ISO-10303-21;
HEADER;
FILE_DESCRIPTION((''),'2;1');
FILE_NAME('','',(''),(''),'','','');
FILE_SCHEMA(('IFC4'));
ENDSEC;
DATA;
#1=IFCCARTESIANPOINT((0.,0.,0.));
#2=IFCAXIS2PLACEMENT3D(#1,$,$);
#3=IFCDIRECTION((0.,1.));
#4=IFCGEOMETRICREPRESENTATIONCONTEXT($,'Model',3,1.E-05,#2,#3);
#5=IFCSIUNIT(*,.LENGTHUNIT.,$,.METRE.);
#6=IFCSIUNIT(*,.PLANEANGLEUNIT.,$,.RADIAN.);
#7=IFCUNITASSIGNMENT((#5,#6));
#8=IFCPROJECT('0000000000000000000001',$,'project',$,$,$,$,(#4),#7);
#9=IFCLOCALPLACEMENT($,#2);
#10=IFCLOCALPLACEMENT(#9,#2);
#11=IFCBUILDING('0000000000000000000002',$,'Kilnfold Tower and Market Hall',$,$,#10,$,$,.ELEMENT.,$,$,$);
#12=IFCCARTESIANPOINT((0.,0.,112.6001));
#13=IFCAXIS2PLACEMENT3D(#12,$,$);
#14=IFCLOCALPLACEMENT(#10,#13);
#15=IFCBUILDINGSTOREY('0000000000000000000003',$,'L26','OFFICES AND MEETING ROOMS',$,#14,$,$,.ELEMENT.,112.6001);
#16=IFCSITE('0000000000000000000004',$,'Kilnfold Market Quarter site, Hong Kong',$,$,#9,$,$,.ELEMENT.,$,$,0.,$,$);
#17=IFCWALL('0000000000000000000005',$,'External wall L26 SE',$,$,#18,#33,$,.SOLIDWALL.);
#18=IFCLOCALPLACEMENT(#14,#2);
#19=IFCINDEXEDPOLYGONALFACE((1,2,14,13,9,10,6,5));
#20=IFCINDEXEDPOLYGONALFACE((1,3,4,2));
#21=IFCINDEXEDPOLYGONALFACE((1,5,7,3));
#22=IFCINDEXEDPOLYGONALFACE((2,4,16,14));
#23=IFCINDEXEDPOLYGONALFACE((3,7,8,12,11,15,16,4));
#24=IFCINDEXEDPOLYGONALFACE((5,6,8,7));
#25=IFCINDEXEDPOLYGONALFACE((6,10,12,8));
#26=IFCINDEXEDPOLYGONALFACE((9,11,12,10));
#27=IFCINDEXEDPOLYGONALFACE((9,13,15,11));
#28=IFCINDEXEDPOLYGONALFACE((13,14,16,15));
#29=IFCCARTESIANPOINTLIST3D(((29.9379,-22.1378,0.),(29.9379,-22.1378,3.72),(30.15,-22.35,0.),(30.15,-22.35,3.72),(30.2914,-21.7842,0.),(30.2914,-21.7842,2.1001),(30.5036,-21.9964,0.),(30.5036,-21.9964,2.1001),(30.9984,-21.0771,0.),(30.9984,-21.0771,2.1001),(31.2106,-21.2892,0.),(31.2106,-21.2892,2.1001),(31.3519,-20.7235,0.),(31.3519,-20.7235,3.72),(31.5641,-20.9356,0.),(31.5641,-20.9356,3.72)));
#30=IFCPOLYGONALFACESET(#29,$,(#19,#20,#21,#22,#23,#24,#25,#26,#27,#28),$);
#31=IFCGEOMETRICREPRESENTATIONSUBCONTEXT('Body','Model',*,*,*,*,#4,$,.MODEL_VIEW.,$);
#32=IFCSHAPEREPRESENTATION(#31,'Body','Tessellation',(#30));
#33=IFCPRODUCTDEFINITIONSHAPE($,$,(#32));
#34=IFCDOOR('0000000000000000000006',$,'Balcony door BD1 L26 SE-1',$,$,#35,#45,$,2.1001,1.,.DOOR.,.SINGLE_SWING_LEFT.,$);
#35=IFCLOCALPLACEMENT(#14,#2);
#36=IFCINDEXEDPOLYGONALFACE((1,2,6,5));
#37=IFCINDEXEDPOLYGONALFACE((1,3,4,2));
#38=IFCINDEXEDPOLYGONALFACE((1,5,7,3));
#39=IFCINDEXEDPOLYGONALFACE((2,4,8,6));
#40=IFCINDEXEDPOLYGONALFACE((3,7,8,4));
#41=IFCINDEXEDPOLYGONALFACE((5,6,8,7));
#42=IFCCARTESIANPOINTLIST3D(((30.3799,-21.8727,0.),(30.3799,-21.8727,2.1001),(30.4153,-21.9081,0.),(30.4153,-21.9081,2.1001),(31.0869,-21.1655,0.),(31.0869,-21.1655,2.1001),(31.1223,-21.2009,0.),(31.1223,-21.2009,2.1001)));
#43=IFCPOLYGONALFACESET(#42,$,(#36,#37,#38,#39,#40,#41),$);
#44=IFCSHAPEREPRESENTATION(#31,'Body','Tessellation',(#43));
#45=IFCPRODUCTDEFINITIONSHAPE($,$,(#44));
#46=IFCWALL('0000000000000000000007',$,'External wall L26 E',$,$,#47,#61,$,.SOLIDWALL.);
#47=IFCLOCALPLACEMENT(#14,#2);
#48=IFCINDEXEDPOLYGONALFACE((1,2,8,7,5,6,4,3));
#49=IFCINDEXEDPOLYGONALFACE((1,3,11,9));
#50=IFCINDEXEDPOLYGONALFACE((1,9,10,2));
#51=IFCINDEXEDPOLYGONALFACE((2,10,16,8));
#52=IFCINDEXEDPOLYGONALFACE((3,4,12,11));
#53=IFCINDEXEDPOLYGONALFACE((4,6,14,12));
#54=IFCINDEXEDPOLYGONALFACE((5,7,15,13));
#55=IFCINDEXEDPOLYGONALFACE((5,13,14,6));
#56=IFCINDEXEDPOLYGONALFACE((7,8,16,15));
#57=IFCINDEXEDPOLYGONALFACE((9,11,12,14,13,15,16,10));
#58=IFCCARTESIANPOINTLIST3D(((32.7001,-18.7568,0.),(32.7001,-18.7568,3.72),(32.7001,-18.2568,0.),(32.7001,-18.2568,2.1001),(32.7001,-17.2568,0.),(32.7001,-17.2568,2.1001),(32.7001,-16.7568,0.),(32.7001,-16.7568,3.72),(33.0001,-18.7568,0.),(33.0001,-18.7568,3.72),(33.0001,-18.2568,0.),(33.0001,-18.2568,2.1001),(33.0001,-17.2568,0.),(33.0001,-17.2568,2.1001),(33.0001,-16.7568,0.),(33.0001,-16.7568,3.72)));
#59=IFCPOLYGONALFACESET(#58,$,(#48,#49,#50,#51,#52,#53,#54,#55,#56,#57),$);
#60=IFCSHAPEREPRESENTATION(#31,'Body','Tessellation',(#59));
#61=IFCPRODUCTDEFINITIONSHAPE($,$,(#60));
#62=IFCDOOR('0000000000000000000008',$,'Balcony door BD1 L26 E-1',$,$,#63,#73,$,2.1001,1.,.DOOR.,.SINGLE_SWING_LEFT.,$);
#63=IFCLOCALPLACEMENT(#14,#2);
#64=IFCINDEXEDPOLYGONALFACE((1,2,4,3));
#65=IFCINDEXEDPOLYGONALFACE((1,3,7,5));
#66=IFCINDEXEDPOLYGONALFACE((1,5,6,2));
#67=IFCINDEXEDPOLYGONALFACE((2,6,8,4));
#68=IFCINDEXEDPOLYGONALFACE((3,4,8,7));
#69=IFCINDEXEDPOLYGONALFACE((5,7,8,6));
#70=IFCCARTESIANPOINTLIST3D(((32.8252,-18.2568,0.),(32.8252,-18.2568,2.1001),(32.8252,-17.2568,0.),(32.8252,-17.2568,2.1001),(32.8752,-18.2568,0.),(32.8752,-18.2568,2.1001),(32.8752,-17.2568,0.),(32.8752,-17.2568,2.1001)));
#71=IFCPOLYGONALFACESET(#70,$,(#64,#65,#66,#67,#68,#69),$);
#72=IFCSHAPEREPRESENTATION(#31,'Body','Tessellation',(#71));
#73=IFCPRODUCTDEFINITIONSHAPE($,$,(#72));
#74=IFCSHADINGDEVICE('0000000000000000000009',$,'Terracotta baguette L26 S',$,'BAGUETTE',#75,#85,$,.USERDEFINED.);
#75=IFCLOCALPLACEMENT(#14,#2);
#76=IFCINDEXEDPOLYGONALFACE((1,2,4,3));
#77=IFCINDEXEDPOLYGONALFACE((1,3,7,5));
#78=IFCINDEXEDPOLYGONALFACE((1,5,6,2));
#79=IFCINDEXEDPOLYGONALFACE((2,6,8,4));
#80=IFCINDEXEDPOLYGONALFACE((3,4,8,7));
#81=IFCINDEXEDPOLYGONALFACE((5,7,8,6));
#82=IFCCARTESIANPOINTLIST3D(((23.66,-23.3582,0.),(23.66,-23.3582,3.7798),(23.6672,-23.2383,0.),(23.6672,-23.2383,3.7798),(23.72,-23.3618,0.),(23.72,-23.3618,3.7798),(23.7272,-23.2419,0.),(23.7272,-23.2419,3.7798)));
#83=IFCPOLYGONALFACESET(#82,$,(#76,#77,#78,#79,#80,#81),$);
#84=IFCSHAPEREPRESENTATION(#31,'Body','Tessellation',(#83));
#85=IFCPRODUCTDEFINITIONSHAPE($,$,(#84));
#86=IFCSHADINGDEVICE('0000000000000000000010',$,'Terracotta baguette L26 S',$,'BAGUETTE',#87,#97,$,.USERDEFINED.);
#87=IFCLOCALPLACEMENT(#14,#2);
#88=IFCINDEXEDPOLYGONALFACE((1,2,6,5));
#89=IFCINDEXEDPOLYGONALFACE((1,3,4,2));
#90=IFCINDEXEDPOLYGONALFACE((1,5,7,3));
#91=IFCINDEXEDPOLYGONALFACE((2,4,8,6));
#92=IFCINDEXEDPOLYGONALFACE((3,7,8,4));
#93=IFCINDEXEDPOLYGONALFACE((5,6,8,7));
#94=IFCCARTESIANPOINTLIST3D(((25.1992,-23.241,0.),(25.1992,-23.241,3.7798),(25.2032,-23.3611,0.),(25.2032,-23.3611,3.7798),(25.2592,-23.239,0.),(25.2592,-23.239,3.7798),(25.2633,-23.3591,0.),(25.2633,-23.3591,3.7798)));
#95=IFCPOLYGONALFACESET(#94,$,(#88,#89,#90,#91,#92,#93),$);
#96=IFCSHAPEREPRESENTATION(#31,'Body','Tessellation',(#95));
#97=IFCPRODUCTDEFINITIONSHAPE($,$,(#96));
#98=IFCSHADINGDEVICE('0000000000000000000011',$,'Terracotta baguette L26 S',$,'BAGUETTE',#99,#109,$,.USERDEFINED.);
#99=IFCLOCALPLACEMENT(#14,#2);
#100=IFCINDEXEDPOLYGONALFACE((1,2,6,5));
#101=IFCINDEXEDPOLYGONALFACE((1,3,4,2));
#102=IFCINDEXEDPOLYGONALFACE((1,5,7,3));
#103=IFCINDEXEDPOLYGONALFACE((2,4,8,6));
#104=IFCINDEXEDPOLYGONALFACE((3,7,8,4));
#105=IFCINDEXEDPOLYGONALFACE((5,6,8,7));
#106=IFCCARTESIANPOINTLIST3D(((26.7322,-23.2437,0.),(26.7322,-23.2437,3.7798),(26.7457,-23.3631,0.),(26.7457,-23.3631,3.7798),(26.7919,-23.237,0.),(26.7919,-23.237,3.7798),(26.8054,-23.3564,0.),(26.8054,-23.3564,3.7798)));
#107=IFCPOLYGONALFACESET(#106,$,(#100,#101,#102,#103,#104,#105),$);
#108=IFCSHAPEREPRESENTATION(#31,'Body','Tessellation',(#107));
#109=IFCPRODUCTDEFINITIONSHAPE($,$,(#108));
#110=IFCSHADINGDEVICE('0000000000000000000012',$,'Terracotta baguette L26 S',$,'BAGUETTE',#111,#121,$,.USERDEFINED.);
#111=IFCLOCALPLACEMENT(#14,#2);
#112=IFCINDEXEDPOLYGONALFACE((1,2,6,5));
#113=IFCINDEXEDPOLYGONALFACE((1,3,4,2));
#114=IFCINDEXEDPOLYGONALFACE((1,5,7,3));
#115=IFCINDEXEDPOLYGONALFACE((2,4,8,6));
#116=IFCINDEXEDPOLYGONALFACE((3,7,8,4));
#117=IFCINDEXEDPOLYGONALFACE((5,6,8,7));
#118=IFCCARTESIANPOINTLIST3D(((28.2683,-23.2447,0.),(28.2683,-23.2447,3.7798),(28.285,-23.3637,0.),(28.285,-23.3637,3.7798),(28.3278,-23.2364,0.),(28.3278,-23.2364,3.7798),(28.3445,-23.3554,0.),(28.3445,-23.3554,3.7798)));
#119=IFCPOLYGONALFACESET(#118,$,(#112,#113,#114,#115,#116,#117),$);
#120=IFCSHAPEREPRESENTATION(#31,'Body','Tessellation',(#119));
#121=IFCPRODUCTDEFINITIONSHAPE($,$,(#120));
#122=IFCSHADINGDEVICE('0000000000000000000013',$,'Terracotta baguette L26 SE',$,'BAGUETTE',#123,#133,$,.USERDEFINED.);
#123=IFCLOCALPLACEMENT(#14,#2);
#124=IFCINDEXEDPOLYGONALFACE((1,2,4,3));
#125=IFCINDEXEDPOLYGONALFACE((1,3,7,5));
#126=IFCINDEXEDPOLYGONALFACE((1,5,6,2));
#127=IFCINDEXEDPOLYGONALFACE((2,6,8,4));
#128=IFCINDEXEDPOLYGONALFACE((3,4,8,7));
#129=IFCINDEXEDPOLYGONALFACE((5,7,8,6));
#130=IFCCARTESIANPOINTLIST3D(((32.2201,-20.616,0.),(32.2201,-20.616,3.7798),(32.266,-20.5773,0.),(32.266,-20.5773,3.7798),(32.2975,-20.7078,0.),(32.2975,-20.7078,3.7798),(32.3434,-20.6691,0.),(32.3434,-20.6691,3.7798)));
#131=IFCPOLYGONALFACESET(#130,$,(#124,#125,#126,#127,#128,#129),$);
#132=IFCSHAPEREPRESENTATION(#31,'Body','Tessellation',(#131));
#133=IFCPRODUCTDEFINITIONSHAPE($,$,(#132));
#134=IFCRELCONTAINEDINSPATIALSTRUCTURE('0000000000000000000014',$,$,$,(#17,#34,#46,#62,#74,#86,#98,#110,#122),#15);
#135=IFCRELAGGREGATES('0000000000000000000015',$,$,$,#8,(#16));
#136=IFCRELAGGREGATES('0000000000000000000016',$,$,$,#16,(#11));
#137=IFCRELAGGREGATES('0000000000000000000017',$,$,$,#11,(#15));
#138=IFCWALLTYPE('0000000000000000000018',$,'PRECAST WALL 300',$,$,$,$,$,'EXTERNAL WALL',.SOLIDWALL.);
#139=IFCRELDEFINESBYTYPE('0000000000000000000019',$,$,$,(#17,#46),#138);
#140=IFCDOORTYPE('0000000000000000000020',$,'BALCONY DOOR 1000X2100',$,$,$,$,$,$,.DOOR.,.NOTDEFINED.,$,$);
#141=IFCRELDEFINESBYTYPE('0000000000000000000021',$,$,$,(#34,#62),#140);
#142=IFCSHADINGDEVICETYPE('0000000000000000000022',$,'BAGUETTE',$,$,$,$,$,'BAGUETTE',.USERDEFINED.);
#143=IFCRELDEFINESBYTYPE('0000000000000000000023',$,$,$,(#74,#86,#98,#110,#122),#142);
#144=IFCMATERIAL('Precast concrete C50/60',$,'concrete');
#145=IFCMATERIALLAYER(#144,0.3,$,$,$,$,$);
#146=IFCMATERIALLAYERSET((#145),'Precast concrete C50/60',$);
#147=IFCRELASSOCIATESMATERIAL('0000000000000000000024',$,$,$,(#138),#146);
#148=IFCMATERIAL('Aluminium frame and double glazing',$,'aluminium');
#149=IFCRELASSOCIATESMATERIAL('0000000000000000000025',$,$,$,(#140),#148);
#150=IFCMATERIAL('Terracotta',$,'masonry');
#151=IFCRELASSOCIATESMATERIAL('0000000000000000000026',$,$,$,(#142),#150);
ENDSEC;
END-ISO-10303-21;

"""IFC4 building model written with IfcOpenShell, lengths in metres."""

from ifc_helpers import new_model, si_unit, direction, frame, frame_2d, origin, origin_2d, place, context, subcontext, project, spatial, rectangle, extrude, source, transform, mapped, material, layer, layer_set, material_profile, profile_set, type_object, element, fill, save


model = new_model("IFC4")

# Units and contexts
model_context = context("Model", 3, precision=1e-05, world=origin(), true_north=direction((0.0, 1.0)))
body_context = subcontext(model_context, "Body", "Model", "MODEL_VIEW")
ifc_project = project(units=[si_unit("LENGTHUNIT", "METRE"), si_unit("PLANEANGLEUNIT", "RADIAN")], contexts=[model_context])

# Site, building, storey
site_placement = place(None, origin())
site = spatial("IfcSite", under=ifc_project, at=site_placement, Name="Kilnfold Market Quarter site, Hong Kong", CompositionType="ELEMENT", RefElevation=0.0)
building_placement = place(site_placement, origin())
building = spatial("IfcBuilding", under=site, at=building_placement, Name="Kilnfold Tower and Market Hall", CompositionType="ELEMENT")
storey_placement = place(building_placement, frame((0.0, 0.0, 112.6001)))
storey = spatial("IfcBuildingStorey", under=building, at=storey_placement, Name="L26", Description="OFFICES AND MEETING ROOMS", CompositionType="ELEMENT", Elevation=112.6001)

# Walls, openings, doors
ifc_material_1 = material(Name="Precast concrete C50/60", Category="concrete")
ifc_layer_1 = layer(ifc_material_1, 0.3)
ifc_layer_set_1 = layer_set([ifc_layer_1], Name="Precast concrete C50/60")
wall_type_1 = type_object("IfcWallType", Name="PRECAST WALL 300", ElementType="EXTERNAL WALL", PredefinedType="SOLIDWALL", material=ifc_layer_set_1)
shared_shape_1 = source(origin(), body_context, "Body", "SweptSolid", [
    extrude(rectangle(XDim=2.0, YDim=0.3, at=frame_2d((1.0, 0.0))), origin(), (0.0, 0.0, 1.0), 3.72),
])
wall_1_placement = place(storey_placement, frame((30.0439, -22.2439, 0.0), z_axis=(0.0, 0.0, 1.0), x_axis=(0.707046, 0.707168, 0.0)))
wall_1 = element("IfcWall", 1, at=wall_1_placement, inside=storey, type_object=wall_type_1, Name="External wall L26 SE", PredefinedType="SOLIDWALL", context=body_context, shape_type="MappedRepresentation", body=[
    mapped(shared_shape_1, transform((0.0, 0.0, 0.0))),
])
opening_1_placement = place(wall_1_placement, frame((0.5, 0.0, 0.0)))
opening_1 = element("IfcOpeningElement", 2, at=opening_1_placement, cuts=wall_1, PredefinedType="OPENING", context=body_context, shape_type="SweptSolid", body=[
    extrude(rectangle(XDim=1.0, YDim=2.1001, at=frame_2d((0.5, 1.05))), frame((0.0, 0.1602, 0.0), z_axis=(0.0, -1.0, 0.0), x_axis=(1.0, 0.0, 0.0)), (0.0, 0.0, 1.0), 0.3201),
])
ifc_material_2 = material(Name="Aluminium frame and double glazing", Category="aluminium")
door_type_1 = type_object("IfcDoorType", Name="BALCONY DOOR 1000X2100", OperationType="NOTDEFINED", PredefinedType="DOOR", material=ifc_material_2)
door_1_placement = place(opening_1_placement, origin())
door_1 = element("IfcDoor", 3, at=door_1_placement, inside=storey, type_object=door_type_1, Name="Balcony door BD1 L26 SE-1", OperationType="SINGLE_SWING_LEFT", OverallHeight=2.1001, OverallWidth=1.0, PredefinedType="DOOR", context=body_context, shape_type="SweptSolid", body=[
    extrude(rectangle(XDim=1.0, YDim=2.1001, at=frame_2d((0.5, 1.05))), frame((0.0, 0.0249, 0.0), z_axis=(0.0, -1.0, 0.0), x_axis=(1.0, 0.0, 0.0)), (0.0, 0.0, 1.0), 0.05),
])
fill(opening_1, door_1)
wall_2_placement = place(storey_placement, frame((32.8501, -18.7568, 0.0), z_axis=(0.0, 0.0, 1.0), x_axis=(0.0, 1.0, 0.0)))
wall_2 = element("IfcWall", 4, at=wall_2_placement, inside=storey, type_object=wall_type_1, Name="External wall L26 E", PredefinedType="SOLIDWALL", context=body_context, shape_type="MappedRepresentation", body=[
    mapped(shared_shape_1, transform((0.0, 0.0, 0.0))),
])
opening_2_placement = place(wall_2_placement, frame((0.5, 0.0, 0.0)))
opening_2 = element("IfcOpeningElement", 5, at=opening_2_placement, cuts=wall_2, PredefinedType="OPENING", context=body_context, shape_type="SweptSolid", body=[
    extrude(rectangle(XDim=1.0, YDim=2.1001, at=frame_2d((0.5, 1.05))), frame((0.0, 0.1602, 0.0), z_axis=(0.0, -1.0, 0.0), x_axis=(1.0, 0.0, 0.0)), (0.0, 0.0, 1.0), 0.3201),
])
door_2_placement = place(opening_2_placement, origin())
door_2 = element("IfcDoor", 6, at=door_2_placement, inside=storey, type_object=door_type_1, Name="Balcony door BD1 L26 E-1", OperationType="SINGLE_SWING_LEFT", OverallHeight=2.1001, OverallWidth=1.0, PredefinedType="DOOR", context=body_context, shape_type="SweptSolid", body=[
    extrude(rectangle(XDim=1.0, YDim=2.1001, at=frame_2d((0.5, 1.05))), frame((0.0, 0.0249, 0.0), z_axis=(0.0, -1.0, 0.0), x_axis=(1.0, 0.0, 0.0)), (0.0, 0.0, 1.0), 0.05),
])
fill(opening_2, door_2)

# Shading devices
ifc_material_3 = material(Name="Terracotta", Category="masonry")
ifc_material_profile_1 = material_profile(ifc_material_3, rectangle(XDim=0.0601, YDim=0.1201, at=origin_2d()), Name="BAG 60x120")
ifc_profile_set_1 = profile_set([ifc_material_profile_1], Name="Terracotta")
shading_device_type = type_object("IfcShadingDeviceType", Name="BAGUETTE", ElementType="BAGUETTE", PredefinedType="USERDEFINED", material=ifc_profile_set_1)
shared_shape_2 = source(origin(), body_context, "Body", "SweptSolid", [
    extrude(rectangle(XDim=0.0601, YDim=0.1201, at=origin_2d()), origin(), (0.0, 0.0, 1.0), 3.7798),
])
for number, where, z_axis, x_axis, name in (
    (7, (23.6936, -23.3, 0.0), (0.0, 0.0, 1.0), (0.998199, -0.059995, 0.0), "Terracotta baguette L26 S"),
    (8, (25.2312, -23.3, 0.0), (0.0, 0.0, 1.0), (0.999424, 0.033942, 0.0), "Terracotta baguette L26 S"),
    (9, (26.7688, -23.3, 0.0), (0.0, 0.0, 1.0), (0.99369, 0.112159, 0.0), "Terracotta baguette L26 S"),
    (10, (28.3064, -23.3, 0.0), (0.0, 0.0, 1.0), (0.990297, 0.138966, 0.0), "Terracotta baguette L26 S"),
    (11, (32.2817, -20.6426, 0.0), (0.0, 0.0, 1.0), (0.764316, 0.644842, 0.0), "Terracotta baguette L26 SE"),
):
    element("IfcShadingDevice", number, at=place(storey_placement, frame(where, z_axis=z_axis, x_axis=x_axis)), inside=storey, type_object=shading_device_type, Name=name, ObjectType="BAGUETTE", PredefinedType="USERDEFINED", context=body_context, shape_type="MappedRepresentation", body=[
        mapped(shared_shape_2, transform((0.0, 0.0, 0.0))),
    ])

save(model, "model.ifc")
